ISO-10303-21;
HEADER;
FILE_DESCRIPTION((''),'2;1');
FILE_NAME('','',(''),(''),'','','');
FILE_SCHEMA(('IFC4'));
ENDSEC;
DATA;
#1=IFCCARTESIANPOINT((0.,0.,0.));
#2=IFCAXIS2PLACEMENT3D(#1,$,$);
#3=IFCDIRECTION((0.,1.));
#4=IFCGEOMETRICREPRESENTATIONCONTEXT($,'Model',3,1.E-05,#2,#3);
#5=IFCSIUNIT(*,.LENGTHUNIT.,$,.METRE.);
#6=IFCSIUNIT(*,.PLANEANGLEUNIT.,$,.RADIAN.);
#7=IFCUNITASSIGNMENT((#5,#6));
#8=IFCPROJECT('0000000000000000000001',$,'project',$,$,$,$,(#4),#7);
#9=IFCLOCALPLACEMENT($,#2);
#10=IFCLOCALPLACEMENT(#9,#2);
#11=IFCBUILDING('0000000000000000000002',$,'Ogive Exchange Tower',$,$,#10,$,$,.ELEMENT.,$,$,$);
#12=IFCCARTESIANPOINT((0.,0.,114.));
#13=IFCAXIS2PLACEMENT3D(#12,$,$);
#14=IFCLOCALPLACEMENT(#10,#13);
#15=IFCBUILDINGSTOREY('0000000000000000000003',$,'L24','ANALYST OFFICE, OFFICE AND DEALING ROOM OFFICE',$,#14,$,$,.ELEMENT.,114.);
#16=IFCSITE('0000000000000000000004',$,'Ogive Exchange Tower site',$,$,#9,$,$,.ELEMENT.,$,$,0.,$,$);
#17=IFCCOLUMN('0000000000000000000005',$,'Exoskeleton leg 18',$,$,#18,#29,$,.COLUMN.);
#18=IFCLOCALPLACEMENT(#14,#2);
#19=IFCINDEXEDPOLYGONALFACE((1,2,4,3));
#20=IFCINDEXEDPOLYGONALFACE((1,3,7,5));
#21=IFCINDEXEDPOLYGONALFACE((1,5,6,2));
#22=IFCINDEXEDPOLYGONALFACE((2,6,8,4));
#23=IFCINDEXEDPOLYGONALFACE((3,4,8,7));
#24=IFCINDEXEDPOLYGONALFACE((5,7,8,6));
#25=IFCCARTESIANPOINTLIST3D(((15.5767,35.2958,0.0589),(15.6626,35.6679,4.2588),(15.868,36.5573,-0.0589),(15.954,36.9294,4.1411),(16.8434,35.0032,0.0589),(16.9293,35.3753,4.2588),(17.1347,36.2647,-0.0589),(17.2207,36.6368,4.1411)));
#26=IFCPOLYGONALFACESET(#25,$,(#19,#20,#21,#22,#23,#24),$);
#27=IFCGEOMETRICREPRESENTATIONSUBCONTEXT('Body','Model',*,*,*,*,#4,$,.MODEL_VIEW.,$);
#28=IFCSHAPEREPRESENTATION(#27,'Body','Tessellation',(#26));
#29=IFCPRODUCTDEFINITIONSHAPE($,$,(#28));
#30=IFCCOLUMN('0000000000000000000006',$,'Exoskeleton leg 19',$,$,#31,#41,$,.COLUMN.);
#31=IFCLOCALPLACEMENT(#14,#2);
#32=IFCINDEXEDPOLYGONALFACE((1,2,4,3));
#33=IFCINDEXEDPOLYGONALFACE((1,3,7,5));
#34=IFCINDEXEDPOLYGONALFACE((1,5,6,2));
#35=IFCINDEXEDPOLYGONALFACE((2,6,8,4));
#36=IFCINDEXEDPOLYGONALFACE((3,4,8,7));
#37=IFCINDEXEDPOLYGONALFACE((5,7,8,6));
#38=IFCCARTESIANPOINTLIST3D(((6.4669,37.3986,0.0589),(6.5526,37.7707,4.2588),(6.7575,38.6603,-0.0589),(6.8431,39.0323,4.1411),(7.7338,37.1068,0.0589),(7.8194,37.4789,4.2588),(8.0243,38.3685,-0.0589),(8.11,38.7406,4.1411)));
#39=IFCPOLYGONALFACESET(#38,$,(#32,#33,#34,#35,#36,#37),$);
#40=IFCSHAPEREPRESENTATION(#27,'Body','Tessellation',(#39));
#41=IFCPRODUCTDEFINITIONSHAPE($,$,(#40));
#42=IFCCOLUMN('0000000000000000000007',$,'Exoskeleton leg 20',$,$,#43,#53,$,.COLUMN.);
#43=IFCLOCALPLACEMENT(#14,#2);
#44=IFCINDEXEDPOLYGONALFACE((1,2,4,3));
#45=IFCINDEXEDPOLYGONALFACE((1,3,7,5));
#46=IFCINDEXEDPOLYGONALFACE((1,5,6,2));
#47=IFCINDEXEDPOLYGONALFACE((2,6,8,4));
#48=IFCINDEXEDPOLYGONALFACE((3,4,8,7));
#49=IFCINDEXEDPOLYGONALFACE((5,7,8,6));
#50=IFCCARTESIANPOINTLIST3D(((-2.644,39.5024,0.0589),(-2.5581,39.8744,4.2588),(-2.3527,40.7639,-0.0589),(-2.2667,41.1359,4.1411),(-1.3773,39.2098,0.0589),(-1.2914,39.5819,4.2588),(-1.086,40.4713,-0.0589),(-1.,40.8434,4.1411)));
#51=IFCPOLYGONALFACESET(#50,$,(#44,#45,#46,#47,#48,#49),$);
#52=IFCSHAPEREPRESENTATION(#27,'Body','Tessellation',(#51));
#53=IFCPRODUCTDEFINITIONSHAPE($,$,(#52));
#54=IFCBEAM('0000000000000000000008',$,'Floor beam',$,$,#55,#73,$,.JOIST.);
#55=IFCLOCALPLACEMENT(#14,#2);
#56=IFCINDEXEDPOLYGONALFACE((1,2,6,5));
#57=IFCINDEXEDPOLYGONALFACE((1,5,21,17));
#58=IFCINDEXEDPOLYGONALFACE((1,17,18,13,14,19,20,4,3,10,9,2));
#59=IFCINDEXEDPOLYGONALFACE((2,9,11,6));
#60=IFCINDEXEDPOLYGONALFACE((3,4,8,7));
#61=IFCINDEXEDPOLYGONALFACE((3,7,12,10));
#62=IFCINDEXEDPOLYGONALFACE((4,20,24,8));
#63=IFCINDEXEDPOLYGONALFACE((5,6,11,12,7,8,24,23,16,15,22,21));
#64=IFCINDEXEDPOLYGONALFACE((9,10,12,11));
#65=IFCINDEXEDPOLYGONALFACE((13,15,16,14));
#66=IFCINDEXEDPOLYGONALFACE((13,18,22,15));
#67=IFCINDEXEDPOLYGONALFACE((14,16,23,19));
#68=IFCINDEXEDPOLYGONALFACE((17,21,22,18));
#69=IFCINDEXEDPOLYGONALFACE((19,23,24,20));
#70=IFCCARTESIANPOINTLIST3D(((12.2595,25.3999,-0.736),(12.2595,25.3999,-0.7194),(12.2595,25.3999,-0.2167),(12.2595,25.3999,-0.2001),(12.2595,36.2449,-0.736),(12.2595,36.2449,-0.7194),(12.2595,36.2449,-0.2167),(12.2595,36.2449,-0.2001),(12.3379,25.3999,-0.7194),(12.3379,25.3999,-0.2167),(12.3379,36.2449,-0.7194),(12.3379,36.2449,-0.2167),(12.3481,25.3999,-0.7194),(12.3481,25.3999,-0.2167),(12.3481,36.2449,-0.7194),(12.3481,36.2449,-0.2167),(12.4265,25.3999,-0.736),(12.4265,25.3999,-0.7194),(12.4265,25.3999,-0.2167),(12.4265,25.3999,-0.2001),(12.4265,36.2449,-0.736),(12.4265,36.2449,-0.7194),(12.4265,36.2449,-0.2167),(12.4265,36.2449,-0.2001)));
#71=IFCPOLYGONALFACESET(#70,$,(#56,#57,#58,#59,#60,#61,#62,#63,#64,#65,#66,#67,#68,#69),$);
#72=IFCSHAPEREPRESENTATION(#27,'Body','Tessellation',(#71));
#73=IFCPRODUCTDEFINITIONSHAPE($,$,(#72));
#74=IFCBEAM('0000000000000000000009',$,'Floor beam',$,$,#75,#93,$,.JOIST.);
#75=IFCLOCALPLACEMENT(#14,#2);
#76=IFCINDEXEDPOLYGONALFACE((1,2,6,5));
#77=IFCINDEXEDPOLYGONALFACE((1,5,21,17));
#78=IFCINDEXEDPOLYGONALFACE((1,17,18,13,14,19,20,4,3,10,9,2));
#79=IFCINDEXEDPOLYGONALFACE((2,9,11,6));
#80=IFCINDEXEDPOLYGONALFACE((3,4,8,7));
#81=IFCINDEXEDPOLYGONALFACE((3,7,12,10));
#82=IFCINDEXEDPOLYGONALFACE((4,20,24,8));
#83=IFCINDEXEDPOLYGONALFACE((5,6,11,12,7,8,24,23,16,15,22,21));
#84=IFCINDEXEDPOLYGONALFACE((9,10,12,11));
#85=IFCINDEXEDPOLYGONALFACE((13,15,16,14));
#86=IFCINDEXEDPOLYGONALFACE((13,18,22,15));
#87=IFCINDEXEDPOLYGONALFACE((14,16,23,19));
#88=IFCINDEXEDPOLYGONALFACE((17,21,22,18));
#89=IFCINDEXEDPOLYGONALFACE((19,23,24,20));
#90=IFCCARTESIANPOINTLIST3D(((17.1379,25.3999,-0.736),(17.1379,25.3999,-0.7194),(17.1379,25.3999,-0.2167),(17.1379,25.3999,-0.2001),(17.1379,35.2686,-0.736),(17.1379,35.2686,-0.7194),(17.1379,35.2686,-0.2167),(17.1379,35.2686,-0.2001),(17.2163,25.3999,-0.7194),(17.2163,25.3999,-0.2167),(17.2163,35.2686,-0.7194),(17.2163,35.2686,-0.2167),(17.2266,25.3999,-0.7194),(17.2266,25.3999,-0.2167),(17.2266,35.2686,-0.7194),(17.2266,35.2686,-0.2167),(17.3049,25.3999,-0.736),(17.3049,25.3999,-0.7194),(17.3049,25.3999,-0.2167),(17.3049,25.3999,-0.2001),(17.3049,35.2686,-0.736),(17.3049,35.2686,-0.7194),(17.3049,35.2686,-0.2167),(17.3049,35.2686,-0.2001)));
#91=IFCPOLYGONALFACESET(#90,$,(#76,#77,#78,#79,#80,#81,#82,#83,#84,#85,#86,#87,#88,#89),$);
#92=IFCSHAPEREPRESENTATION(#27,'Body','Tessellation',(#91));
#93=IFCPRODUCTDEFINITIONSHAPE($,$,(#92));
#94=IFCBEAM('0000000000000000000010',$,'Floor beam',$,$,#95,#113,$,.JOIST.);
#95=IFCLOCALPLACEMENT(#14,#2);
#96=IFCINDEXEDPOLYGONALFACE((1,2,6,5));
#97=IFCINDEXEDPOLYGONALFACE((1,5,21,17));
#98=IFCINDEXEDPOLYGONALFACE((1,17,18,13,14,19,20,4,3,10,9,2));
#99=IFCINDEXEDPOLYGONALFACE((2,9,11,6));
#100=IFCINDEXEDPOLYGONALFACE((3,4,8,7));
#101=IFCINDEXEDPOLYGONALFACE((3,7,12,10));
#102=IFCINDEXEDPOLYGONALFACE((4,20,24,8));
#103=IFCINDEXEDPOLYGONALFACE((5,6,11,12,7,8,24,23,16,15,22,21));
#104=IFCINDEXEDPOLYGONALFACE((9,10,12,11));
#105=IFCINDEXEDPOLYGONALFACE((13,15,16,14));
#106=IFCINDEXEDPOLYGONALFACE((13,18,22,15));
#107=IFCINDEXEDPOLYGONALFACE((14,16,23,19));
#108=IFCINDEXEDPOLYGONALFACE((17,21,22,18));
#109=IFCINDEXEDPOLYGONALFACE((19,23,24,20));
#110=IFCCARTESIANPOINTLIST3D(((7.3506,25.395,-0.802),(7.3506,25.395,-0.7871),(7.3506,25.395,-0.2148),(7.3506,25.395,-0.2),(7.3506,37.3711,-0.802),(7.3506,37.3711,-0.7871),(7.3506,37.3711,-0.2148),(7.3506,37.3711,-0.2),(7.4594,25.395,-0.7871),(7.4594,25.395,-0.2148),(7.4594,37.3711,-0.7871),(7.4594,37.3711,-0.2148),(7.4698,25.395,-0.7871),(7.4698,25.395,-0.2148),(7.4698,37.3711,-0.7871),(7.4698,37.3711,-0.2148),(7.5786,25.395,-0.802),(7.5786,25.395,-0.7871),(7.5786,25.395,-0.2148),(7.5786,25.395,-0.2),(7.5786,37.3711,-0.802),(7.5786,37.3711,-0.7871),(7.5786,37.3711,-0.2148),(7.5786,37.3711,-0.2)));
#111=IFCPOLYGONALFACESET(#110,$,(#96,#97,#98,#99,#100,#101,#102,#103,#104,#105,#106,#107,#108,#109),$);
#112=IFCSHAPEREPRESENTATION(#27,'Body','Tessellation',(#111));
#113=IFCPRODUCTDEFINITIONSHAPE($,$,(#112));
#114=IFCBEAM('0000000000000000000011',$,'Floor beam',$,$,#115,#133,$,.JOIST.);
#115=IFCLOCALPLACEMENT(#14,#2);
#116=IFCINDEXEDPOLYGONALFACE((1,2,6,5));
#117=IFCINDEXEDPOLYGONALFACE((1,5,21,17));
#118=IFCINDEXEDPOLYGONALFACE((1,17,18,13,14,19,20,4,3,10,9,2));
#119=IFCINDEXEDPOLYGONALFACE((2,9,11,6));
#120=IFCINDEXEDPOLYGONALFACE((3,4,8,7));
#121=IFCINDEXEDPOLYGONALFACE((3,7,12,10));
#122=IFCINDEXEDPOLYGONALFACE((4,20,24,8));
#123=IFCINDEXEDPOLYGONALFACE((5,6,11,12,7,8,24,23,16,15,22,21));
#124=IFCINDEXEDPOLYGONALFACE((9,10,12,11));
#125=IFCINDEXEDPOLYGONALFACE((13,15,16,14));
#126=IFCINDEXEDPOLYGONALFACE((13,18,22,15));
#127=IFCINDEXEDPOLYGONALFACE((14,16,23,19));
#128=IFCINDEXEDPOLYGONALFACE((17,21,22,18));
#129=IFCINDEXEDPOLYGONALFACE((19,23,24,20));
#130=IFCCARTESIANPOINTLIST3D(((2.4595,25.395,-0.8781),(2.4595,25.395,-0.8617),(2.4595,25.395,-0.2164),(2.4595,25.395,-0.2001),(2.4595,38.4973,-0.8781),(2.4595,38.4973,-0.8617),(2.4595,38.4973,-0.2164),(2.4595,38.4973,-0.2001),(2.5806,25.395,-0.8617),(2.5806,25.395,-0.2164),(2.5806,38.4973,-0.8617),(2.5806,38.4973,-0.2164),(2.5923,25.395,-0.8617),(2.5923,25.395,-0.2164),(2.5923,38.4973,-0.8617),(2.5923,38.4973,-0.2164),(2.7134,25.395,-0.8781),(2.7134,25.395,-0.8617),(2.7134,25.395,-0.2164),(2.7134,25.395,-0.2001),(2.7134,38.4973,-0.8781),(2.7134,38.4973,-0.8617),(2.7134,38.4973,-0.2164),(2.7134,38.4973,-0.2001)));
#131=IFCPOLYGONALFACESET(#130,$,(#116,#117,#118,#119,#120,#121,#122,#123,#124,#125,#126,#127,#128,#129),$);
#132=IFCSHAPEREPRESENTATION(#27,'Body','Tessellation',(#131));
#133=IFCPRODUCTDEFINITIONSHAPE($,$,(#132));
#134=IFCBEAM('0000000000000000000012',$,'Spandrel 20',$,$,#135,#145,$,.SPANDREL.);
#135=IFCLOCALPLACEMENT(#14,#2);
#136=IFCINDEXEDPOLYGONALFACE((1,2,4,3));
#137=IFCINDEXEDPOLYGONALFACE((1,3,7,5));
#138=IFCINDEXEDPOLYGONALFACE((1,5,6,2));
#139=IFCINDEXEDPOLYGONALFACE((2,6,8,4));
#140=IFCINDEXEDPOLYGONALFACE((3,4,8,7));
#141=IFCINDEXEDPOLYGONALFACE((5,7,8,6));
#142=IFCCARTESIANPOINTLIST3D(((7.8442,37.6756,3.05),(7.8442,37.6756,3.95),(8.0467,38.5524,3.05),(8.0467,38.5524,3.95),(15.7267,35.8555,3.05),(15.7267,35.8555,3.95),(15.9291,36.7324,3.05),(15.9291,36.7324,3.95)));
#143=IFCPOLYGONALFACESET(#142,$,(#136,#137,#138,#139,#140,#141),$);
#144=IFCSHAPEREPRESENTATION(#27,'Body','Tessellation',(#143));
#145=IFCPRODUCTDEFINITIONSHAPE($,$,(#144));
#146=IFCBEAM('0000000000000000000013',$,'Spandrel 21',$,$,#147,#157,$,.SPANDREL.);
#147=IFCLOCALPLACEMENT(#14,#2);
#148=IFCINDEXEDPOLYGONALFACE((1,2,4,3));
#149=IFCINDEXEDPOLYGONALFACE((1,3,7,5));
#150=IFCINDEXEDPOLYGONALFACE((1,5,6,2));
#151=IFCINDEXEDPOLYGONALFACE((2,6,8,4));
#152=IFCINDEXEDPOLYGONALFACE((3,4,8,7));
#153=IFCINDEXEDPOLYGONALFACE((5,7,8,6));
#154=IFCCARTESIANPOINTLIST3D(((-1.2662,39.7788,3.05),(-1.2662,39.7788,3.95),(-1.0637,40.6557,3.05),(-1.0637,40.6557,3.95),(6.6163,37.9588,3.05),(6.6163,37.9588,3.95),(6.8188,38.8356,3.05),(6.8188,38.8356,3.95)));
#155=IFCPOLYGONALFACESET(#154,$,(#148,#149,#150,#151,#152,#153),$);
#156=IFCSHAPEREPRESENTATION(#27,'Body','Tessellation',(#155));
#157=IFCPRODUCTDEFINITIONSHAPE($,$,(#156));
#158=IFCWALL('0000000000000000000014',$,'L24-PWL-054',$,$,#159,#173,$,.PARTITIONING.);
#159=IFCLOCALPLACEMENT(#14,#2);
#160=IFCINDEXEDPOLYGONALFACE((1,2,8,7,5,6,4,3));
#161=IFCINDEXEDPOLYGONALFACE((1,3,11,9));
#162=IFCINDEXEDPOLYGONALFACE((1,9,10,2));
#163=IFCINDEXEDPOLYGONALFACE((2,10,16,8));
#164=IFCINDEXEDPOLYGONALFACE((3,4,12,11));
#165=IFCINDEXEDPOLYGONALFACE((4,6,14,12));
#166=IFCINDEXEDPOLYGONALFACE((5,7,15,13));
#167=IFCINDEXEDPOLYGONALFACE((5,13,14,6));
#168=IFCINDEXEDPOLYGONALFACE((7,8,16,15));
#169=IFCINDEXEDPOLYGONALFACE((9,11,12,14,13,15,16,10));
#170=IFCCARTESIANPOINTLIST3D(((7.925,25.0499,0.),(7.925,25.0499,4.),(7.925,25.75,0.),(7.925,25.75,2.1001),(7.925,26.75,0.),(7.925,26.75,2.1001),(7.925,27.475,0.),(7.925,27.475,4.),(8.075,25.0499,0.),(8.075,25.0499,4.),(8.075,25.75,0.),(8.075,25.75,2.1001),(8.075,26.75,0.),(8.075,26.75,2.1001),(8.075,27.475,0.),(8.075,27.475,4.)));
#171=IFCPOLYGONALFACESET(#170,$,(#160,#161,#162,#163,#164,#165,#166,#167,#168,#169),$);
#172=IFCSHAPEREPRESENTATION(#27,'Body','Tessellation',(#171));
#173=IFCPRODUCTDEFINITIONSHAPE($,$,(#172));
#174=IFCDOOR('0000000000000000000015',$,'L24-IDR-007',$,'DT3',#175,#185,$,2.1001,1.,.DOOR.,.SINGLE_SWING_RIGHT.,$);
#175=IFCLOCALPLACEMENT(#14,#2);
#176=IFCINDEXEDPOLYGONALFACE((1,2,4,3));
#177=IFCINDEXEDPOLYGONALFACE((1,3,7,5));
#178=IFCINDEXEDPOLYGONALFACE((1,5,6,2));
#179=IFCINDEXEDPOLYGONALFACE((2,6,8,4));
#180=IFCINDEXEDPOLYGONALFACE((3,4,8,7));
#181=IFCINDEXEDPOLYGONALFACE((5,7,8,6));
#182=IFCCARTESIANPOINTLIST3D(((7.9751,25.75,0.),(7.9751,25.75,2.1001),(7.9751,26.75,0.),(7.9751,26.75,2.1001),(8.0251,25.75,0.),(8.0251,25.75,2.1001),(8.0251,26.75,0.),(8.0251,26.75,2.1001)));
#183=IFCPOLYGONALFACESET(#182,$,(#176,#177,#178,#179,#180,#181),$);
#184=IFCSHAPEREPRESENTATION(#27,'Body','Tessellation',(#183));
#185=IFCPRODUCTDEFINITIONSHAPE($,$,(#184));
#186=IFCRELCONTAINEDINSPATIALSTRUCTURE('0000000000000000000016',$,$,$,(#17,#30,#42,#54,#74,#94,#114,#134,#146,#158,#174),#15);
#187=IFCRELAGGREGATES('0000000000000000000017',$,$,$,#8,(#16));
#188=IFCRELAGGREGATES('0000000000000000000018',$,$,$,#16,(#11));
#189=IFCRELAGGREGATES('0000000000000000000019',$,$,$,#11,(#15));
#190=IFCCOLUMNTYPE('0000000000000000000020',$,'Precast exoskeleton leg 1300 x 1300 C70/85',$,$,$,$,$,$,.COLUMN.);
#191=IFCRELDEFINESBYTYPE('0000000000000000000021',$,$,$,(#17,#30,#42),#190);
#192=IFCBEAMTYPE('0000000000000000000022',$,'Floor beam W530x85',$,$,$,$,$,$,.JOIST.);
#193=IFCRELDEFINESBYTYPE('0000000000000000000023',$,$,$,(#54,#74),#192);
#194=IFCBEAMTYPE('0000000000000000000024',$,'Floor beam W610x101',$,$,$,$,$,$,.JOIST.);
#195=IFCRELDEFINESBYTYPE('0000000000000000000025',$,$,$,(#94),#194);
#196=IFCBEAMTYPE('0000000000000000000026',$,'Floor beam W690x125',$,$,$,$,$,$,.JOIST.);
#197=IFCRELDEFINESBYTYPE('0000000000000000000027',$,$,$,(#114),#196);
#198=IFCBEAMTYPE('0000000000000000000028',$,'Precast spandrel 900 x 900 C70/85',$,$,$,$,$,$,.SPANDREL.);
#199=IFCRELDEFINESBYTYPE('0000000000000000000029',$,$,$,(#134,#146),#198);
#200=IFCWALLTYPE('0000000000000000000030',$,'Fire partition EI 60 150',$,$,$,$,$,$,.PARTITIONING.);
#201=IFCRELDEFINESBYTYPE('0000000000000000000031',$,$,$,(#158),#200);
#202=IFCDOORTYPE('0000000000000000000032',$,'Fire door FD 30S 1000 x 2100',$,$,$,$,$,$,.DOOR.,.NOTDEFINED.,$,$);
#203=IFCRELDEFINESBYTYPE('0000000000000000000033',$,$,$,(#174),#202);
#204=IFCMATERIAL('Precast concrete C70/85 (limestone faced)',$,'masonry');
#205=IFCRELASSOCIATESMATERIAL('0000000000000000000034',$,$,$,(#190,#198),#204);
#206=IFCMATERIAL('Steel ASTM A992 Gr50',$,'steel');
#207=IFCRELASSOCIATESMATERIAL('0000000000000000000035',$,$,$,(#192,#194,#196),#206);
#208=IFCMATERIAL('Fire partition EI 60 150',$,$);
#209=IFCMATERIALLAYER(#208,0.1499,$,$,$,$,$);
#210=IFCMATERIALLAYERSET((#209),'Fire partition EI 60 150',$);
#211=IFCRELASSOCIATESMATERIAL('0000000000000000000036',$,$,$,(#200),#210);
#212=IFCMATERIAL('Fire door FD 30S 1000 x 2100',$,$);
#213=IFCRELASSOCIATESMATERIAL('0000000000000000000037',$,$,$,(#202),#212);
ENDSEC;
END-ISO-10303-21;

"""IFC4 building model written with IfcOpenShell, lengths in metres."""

from ifc_helpers import new_model, si_unit, direction, frame, frame_2d, origin, origin_2d, place, context, subcontext, project, spatial, rectangle, i_section, extrude, material, layer, layer_set, material_profile, profile_set, type_object, element, fill, save


model = new_model("IFC4")

# Units and contexts
model_context = context("Model", 3, precision=1e-05, world=origin(), true_north=direction((0.0, 1.0)))
body_context = subcontext(model_context, "Body", "Model", "MODEL_VIEW")
ifc_project = project(units=[si_unit("LENGTHUNIT", "METRE"), si_unit("PLANEANGLEUNIT", "RADIAN")], contexts=[model_context])

# Site, building, storey
site_placement = place(None, origin())
site = spatial("IfcSite", under=ifc_project, at=site_placement, Name="Ogive Exchange Tower site", CompositionType="ELEMENT", RefElevation=0.0)
building_placement = place(site_placement, origin())
building = spatial("IfcBuilding", under=site, at=building_placement, Name="Ogive Exchange Tower", CompositionType="ELEMENT")
storey_placement = place(building_placement, frame((0.0, 0.0, 114.0)))
storey = spatial("IfcBuildingStorey", under=building, at=storey_placement, Name="L24", Description="ANALYST OFFICE, OFFICE AND DEALING ROOM OFFICE", CompositionType="ELEMENT", Elevation=114.0)

# Columns
ifc_material_1 = material(Name="Precast concrete C70/85 (limestone faced)", Category="masonry")
ifc_material_profile_1 = material_profile(ifc_material_1, rectangle(XDim=1.3, YDim=1.3, at=origin_2d()), Name="1300 x 1300")
ifc_profile_set_1 = profile_set([ifc_material_profile_1], Name="Precast concrete C70/85 (limestone faced)")
column_type = type_object("IfcColumnType", Name="Precast exoskeleton leg 1300 x 1300 C70/85", PredefinedType="COLUMN", material=ifc_profile_set_1)
for number, where, z_axis, x_axis, name in (
    (1, (16.3557, 35.7803, 0.0), (0.020377, 0.088225, 0.995892), (-0.974348, 0.225046, 0.0), "Exoskeleton leg 18"),
    (2, (7.2456, 37.8835, 0.0), (0.02032, 0.088225, 0.995893), (-0.974488, 0.224439, 0.0), "Exoskeleton leg 19"),
    (3, (-1.865, 39.9868, 0.0), (0.020377, 0.088225, 0.995892), (-0.974348, 0.225046, 0.0), "Exoskeleton leg 20"),
):
    element("IfcColumn", number, at=place(storey_placement, frame(where, z_axis=z_axis, x_axis=x_axis)), inside=storey, type_object=column_type, Name=name, PredefinedType="COLUMN", context=body_context, shape_type="SweptSolid", body=[
        extrude(rectangle(XDim=1.3, YDim=1.3, at=origin_2d()), origin(), (0.0, 0.0, 1.0), 4.2173),
    ])

# Beams
ifc_material_2 = material(Name="Steel ASTM A992 Gr50", Category="steel")
ifc_material_profile_2 = material_profile(ifc_material_2, i_section(OverallWidth=0.167, OverallDepth=0.5359, WebThickness=0.0103, FlangeThickness=0.0166, at=origin_2d()), Name="W530x85")
ifc_profile_set_2 = profile_set([ifc_material_profile_2], Name="Steel ASTM A992 Gr50")
beam_type_1 = type_object("IfcBeamType", Name="Floor beam W530x85", PredefinedType="JOIST", material=ifc_profile_set_2)
beam_1_placement = place(storey_placement, frame((12.343, 25.3999, -0.468), z_axis=(0.0, 1.0, 0.0), x_axis=(-1.0, 0.0, 0.0)))
element("IfcBeam", 4, at=beam_1_placement, inside=storey, type_object=beam_type_1, Name="Floor beam", PredefinedType="JOIST", context=body_context, shape_type="SweptSolid", body=[
    extrude(i_section(OverallWidth=0.167, OverallDepth=0.5359, WebThickness=0.0103, FlangeThickness=0.0166, at=origin_2d()), origin(), (0.0, 0.0, 1.0), 10.845),
])
beam_2_placement = place(storey_placement, frame((17.2214, 25.3999, -0.468), z_axis=(0.0, 1.0, 0.0), x_axis=(-1.0, 0.0, 0.0)))
element("IfcBeam", 5, at=beam_2_placement, inside=storey, type_object=beam_type_1, Name="Floor beam", PredefinedType="JOIST", context=body_context, shape_type="SweptSolid", body=[
    extrude(i_section(OverallWidth=0.167, OverallDepth=0.5359, WebThickness=0.0103, FlangeThickness=0.0166, at=origin_2d()), origin(), (0.0, 0.0, 1.0), 9.8687),
])
ifc_material_profile_3 = material_profile(ifc_material_2, i_section(OverallWidth=0.228, OverallDepth=0.6021, WebThickness=0.0105, FlangeThickness=0.0149, at=origin_2d()), Name="W610x101")
ifc_profile_set_3 = profile_set([ifc_material_profile_3], Name="Steel ASTM A992 Gr50")
beam_type_2 = type_object("IfcBeamType", Name="Floor beam W610x101", PredefinedType="JOIST", material=ifc_profile_set_3)
beam_3_placement = place(storey_placement, frame((7.4646, 25.395, -0.501), z_axis=(0.0, 1.0, 0.0), x_axis=(-1.0, 0.0, 0.0)))
element("IfcBeam", 6, at=beam_3_placement, inside=storey, type_object=beam_type_2, Name="Floor beam", PredefinedType="JOIST", context=body_context, shape_type="SweptSolid", body=[
    extrude(i_section(OverallWidth=0.228, OverallDepth=0.6021, WebThickness=0.0105, FlangeThickness=0.0149, at=origin_2d()), origin(), (0.0, 0.0, 1.0), 11.9761),
])
ifc_material_profile_4 = material_profile(ifc_material_2, i_section(OverallWidth=0.2539, OverallDepth=0.678, WebThickness=0.0117, FlangeThickness=0.0164, at=origin_2d()), Name="W690x125")
ifc_profile_set_4 = profile_set([ifc_material_profile_4], Name="Steel ASTM A992 Gr50")
beam_type_3 = type_object("IfcBeamType", Name="Floor beam W690x125", PredefinedType="JOIST", material=ifc_profile_set_4)
beam_4_placement = place(storey_placement, frame((2.5864, 25.395, -0.5391), z_axis=(0.0, 1.0, 0.0), x_axis=(-1.0, 0.0, 0.0)))
element("IfcBeam", 7, at=beam_4_placement, inside=storey, type_object=beam_type_3, Name="Floor beam", PredefinedType="JOIST", context=body_context, shape_type="SweptSolid", body=[
    extrude(i_section(OverallWidth=0.2539, OverallDepth=0.678, WebThickness=0.0117, FlangeThickness=0.0164, at=origin_2d()), origin(), (0.0, 0.0, 1.0), 13.1023),
])
ifc_material_profile_5 = material_profile(ifc_material_1, rectangle(XDim=0.8999, YDim=0.8999, at=origin_2d()), Name="900 x 900")
ifc_profile_set_5 = profile_set([ifc_material_profile_5], Name="Precast concrete C70/85 (limestone faced)")
beam_type_4 = type_object("IfcBeamType", Name="Precast spandrel 900 x 900 C70/85", PredefinedType="SPANDREL", material=ifc_profile_set_5)
for number, where, z_axis, x_axis, name in (
    (8, (15.8279, 36.2939, 3.5), (-0.974364, 0.224979, 0.0), (-0.224979, -0.974364, 0.0), "Spandrel 20"),
    (9, (6.7175, 38.3972, 3.5), (-0.974364, 0.224979, 0.0), (-0.224979, -0.974364, 0.0), "Spandrel 21"),
):
    element("IfcBeam", number, at=place(storey_placement, frame(where, z_axis=z_axis, x_axis=x_axis)), inside=storey, type_object=beam_type_4, Name=name, PredefinedType="SPANDREL", context=body_context, shape_type="SweptSolid", body=[
        extrude(rectangle(XDim=0.8999, YDim=0.8999, at=origin_2d()), origin(), (0.0, 0.0, 1.0), 8.0898),
    ])

# Wall, opening, door
ifc_material_3 = material(Name="Fire partition EI 60 150")
ifc_layer_1 = layer(ifc_material_3, 0.1499)
ifc_layer_set_1 = layer_set([ifc_layer_1], Name="Fire partition EI 60 150")
wall_type_1 = type_object("IfcWallType", Name="Fire partition EI 60 150", PredefinedType="PARTITIONING", material=ifc_layer_set_1)
wall_1_placement = place(storey_placement, frame((8.0, 25.05, 0.0), z_axis=(0.0, 0.0, 1.0), x_axis=(0.0, 1.0, 0.0)))
wall_1 = element("IfcWall", 10, at=wall_1_placement, inside=storey, type_object=wall_type_1, Name="L24-PWL-054", PredefinedType="PARTITIONING", context=body_context, shape_type="SweptSolid", body=[
    extrude(rectangle(XDim=2.425, YDim=0.1499, at=frame_2d((1.2124, 0.0))), origin(), (0.0, 0.0, 1.0), 4.0),
])
opening_1_placement = place(wall_1_placement, frame((0.7, 0.0, 0.0)))
opening_1 = element("IfcOpeningElement", 11, at=opening_1_placement, cuts=wall_1, PredefinedType="OPENING", context=body_context, shape_type="SweptSolid", body=[
    extrude(rectangle(XDim=1.0, YDim=2.1001, at=frame_2d((0.5, 1.05))), frame((0.0, 0.085, 0.0), z_axis=(0.0, -1.0, 0.0), x_axis=(1.0, 0.0, 0.0)), (0.0, 0.0, 1.0), 0.1699),
])
ifc_material_4 = material(Name="Fire door FD 30S 1000 x 2100")
door_type = type_object("IfcDoorType", Name="Fire door FD 30S 1000 x 2100", OperationType="NOTDEFINED", PredefinedType="DOOR", material=ifc_material_4)
door_1_placement = place(opening_1_placement, origin())
door_1 = element("IfcDoor", 12, at=door_1_placement, inside=storey, type_object=door_type, Name="L24-IDR-007", ObjectType="DT3", OperationType="SINGLE_SWING_RIGHT", OverallHeight=2.1001, OverallWidth=1.0, PredefinedType="DOOR", context=body_context, shape_type="SweptSolid", body=[
    extrude(rectangle(XDim=1.0, YDim=2.1001, at=frame_2d((0.5, 1.05))), frame((0.0, 0.0249, 0.0), z_axis=(0.0, -1.0, 0.0), x_axis=(1.0, 0.0, 0.0)), (0.0, 0.0, 1.0), 0.05),
])
fill(opening_1, door_1)

save(model, "model.ifc")
